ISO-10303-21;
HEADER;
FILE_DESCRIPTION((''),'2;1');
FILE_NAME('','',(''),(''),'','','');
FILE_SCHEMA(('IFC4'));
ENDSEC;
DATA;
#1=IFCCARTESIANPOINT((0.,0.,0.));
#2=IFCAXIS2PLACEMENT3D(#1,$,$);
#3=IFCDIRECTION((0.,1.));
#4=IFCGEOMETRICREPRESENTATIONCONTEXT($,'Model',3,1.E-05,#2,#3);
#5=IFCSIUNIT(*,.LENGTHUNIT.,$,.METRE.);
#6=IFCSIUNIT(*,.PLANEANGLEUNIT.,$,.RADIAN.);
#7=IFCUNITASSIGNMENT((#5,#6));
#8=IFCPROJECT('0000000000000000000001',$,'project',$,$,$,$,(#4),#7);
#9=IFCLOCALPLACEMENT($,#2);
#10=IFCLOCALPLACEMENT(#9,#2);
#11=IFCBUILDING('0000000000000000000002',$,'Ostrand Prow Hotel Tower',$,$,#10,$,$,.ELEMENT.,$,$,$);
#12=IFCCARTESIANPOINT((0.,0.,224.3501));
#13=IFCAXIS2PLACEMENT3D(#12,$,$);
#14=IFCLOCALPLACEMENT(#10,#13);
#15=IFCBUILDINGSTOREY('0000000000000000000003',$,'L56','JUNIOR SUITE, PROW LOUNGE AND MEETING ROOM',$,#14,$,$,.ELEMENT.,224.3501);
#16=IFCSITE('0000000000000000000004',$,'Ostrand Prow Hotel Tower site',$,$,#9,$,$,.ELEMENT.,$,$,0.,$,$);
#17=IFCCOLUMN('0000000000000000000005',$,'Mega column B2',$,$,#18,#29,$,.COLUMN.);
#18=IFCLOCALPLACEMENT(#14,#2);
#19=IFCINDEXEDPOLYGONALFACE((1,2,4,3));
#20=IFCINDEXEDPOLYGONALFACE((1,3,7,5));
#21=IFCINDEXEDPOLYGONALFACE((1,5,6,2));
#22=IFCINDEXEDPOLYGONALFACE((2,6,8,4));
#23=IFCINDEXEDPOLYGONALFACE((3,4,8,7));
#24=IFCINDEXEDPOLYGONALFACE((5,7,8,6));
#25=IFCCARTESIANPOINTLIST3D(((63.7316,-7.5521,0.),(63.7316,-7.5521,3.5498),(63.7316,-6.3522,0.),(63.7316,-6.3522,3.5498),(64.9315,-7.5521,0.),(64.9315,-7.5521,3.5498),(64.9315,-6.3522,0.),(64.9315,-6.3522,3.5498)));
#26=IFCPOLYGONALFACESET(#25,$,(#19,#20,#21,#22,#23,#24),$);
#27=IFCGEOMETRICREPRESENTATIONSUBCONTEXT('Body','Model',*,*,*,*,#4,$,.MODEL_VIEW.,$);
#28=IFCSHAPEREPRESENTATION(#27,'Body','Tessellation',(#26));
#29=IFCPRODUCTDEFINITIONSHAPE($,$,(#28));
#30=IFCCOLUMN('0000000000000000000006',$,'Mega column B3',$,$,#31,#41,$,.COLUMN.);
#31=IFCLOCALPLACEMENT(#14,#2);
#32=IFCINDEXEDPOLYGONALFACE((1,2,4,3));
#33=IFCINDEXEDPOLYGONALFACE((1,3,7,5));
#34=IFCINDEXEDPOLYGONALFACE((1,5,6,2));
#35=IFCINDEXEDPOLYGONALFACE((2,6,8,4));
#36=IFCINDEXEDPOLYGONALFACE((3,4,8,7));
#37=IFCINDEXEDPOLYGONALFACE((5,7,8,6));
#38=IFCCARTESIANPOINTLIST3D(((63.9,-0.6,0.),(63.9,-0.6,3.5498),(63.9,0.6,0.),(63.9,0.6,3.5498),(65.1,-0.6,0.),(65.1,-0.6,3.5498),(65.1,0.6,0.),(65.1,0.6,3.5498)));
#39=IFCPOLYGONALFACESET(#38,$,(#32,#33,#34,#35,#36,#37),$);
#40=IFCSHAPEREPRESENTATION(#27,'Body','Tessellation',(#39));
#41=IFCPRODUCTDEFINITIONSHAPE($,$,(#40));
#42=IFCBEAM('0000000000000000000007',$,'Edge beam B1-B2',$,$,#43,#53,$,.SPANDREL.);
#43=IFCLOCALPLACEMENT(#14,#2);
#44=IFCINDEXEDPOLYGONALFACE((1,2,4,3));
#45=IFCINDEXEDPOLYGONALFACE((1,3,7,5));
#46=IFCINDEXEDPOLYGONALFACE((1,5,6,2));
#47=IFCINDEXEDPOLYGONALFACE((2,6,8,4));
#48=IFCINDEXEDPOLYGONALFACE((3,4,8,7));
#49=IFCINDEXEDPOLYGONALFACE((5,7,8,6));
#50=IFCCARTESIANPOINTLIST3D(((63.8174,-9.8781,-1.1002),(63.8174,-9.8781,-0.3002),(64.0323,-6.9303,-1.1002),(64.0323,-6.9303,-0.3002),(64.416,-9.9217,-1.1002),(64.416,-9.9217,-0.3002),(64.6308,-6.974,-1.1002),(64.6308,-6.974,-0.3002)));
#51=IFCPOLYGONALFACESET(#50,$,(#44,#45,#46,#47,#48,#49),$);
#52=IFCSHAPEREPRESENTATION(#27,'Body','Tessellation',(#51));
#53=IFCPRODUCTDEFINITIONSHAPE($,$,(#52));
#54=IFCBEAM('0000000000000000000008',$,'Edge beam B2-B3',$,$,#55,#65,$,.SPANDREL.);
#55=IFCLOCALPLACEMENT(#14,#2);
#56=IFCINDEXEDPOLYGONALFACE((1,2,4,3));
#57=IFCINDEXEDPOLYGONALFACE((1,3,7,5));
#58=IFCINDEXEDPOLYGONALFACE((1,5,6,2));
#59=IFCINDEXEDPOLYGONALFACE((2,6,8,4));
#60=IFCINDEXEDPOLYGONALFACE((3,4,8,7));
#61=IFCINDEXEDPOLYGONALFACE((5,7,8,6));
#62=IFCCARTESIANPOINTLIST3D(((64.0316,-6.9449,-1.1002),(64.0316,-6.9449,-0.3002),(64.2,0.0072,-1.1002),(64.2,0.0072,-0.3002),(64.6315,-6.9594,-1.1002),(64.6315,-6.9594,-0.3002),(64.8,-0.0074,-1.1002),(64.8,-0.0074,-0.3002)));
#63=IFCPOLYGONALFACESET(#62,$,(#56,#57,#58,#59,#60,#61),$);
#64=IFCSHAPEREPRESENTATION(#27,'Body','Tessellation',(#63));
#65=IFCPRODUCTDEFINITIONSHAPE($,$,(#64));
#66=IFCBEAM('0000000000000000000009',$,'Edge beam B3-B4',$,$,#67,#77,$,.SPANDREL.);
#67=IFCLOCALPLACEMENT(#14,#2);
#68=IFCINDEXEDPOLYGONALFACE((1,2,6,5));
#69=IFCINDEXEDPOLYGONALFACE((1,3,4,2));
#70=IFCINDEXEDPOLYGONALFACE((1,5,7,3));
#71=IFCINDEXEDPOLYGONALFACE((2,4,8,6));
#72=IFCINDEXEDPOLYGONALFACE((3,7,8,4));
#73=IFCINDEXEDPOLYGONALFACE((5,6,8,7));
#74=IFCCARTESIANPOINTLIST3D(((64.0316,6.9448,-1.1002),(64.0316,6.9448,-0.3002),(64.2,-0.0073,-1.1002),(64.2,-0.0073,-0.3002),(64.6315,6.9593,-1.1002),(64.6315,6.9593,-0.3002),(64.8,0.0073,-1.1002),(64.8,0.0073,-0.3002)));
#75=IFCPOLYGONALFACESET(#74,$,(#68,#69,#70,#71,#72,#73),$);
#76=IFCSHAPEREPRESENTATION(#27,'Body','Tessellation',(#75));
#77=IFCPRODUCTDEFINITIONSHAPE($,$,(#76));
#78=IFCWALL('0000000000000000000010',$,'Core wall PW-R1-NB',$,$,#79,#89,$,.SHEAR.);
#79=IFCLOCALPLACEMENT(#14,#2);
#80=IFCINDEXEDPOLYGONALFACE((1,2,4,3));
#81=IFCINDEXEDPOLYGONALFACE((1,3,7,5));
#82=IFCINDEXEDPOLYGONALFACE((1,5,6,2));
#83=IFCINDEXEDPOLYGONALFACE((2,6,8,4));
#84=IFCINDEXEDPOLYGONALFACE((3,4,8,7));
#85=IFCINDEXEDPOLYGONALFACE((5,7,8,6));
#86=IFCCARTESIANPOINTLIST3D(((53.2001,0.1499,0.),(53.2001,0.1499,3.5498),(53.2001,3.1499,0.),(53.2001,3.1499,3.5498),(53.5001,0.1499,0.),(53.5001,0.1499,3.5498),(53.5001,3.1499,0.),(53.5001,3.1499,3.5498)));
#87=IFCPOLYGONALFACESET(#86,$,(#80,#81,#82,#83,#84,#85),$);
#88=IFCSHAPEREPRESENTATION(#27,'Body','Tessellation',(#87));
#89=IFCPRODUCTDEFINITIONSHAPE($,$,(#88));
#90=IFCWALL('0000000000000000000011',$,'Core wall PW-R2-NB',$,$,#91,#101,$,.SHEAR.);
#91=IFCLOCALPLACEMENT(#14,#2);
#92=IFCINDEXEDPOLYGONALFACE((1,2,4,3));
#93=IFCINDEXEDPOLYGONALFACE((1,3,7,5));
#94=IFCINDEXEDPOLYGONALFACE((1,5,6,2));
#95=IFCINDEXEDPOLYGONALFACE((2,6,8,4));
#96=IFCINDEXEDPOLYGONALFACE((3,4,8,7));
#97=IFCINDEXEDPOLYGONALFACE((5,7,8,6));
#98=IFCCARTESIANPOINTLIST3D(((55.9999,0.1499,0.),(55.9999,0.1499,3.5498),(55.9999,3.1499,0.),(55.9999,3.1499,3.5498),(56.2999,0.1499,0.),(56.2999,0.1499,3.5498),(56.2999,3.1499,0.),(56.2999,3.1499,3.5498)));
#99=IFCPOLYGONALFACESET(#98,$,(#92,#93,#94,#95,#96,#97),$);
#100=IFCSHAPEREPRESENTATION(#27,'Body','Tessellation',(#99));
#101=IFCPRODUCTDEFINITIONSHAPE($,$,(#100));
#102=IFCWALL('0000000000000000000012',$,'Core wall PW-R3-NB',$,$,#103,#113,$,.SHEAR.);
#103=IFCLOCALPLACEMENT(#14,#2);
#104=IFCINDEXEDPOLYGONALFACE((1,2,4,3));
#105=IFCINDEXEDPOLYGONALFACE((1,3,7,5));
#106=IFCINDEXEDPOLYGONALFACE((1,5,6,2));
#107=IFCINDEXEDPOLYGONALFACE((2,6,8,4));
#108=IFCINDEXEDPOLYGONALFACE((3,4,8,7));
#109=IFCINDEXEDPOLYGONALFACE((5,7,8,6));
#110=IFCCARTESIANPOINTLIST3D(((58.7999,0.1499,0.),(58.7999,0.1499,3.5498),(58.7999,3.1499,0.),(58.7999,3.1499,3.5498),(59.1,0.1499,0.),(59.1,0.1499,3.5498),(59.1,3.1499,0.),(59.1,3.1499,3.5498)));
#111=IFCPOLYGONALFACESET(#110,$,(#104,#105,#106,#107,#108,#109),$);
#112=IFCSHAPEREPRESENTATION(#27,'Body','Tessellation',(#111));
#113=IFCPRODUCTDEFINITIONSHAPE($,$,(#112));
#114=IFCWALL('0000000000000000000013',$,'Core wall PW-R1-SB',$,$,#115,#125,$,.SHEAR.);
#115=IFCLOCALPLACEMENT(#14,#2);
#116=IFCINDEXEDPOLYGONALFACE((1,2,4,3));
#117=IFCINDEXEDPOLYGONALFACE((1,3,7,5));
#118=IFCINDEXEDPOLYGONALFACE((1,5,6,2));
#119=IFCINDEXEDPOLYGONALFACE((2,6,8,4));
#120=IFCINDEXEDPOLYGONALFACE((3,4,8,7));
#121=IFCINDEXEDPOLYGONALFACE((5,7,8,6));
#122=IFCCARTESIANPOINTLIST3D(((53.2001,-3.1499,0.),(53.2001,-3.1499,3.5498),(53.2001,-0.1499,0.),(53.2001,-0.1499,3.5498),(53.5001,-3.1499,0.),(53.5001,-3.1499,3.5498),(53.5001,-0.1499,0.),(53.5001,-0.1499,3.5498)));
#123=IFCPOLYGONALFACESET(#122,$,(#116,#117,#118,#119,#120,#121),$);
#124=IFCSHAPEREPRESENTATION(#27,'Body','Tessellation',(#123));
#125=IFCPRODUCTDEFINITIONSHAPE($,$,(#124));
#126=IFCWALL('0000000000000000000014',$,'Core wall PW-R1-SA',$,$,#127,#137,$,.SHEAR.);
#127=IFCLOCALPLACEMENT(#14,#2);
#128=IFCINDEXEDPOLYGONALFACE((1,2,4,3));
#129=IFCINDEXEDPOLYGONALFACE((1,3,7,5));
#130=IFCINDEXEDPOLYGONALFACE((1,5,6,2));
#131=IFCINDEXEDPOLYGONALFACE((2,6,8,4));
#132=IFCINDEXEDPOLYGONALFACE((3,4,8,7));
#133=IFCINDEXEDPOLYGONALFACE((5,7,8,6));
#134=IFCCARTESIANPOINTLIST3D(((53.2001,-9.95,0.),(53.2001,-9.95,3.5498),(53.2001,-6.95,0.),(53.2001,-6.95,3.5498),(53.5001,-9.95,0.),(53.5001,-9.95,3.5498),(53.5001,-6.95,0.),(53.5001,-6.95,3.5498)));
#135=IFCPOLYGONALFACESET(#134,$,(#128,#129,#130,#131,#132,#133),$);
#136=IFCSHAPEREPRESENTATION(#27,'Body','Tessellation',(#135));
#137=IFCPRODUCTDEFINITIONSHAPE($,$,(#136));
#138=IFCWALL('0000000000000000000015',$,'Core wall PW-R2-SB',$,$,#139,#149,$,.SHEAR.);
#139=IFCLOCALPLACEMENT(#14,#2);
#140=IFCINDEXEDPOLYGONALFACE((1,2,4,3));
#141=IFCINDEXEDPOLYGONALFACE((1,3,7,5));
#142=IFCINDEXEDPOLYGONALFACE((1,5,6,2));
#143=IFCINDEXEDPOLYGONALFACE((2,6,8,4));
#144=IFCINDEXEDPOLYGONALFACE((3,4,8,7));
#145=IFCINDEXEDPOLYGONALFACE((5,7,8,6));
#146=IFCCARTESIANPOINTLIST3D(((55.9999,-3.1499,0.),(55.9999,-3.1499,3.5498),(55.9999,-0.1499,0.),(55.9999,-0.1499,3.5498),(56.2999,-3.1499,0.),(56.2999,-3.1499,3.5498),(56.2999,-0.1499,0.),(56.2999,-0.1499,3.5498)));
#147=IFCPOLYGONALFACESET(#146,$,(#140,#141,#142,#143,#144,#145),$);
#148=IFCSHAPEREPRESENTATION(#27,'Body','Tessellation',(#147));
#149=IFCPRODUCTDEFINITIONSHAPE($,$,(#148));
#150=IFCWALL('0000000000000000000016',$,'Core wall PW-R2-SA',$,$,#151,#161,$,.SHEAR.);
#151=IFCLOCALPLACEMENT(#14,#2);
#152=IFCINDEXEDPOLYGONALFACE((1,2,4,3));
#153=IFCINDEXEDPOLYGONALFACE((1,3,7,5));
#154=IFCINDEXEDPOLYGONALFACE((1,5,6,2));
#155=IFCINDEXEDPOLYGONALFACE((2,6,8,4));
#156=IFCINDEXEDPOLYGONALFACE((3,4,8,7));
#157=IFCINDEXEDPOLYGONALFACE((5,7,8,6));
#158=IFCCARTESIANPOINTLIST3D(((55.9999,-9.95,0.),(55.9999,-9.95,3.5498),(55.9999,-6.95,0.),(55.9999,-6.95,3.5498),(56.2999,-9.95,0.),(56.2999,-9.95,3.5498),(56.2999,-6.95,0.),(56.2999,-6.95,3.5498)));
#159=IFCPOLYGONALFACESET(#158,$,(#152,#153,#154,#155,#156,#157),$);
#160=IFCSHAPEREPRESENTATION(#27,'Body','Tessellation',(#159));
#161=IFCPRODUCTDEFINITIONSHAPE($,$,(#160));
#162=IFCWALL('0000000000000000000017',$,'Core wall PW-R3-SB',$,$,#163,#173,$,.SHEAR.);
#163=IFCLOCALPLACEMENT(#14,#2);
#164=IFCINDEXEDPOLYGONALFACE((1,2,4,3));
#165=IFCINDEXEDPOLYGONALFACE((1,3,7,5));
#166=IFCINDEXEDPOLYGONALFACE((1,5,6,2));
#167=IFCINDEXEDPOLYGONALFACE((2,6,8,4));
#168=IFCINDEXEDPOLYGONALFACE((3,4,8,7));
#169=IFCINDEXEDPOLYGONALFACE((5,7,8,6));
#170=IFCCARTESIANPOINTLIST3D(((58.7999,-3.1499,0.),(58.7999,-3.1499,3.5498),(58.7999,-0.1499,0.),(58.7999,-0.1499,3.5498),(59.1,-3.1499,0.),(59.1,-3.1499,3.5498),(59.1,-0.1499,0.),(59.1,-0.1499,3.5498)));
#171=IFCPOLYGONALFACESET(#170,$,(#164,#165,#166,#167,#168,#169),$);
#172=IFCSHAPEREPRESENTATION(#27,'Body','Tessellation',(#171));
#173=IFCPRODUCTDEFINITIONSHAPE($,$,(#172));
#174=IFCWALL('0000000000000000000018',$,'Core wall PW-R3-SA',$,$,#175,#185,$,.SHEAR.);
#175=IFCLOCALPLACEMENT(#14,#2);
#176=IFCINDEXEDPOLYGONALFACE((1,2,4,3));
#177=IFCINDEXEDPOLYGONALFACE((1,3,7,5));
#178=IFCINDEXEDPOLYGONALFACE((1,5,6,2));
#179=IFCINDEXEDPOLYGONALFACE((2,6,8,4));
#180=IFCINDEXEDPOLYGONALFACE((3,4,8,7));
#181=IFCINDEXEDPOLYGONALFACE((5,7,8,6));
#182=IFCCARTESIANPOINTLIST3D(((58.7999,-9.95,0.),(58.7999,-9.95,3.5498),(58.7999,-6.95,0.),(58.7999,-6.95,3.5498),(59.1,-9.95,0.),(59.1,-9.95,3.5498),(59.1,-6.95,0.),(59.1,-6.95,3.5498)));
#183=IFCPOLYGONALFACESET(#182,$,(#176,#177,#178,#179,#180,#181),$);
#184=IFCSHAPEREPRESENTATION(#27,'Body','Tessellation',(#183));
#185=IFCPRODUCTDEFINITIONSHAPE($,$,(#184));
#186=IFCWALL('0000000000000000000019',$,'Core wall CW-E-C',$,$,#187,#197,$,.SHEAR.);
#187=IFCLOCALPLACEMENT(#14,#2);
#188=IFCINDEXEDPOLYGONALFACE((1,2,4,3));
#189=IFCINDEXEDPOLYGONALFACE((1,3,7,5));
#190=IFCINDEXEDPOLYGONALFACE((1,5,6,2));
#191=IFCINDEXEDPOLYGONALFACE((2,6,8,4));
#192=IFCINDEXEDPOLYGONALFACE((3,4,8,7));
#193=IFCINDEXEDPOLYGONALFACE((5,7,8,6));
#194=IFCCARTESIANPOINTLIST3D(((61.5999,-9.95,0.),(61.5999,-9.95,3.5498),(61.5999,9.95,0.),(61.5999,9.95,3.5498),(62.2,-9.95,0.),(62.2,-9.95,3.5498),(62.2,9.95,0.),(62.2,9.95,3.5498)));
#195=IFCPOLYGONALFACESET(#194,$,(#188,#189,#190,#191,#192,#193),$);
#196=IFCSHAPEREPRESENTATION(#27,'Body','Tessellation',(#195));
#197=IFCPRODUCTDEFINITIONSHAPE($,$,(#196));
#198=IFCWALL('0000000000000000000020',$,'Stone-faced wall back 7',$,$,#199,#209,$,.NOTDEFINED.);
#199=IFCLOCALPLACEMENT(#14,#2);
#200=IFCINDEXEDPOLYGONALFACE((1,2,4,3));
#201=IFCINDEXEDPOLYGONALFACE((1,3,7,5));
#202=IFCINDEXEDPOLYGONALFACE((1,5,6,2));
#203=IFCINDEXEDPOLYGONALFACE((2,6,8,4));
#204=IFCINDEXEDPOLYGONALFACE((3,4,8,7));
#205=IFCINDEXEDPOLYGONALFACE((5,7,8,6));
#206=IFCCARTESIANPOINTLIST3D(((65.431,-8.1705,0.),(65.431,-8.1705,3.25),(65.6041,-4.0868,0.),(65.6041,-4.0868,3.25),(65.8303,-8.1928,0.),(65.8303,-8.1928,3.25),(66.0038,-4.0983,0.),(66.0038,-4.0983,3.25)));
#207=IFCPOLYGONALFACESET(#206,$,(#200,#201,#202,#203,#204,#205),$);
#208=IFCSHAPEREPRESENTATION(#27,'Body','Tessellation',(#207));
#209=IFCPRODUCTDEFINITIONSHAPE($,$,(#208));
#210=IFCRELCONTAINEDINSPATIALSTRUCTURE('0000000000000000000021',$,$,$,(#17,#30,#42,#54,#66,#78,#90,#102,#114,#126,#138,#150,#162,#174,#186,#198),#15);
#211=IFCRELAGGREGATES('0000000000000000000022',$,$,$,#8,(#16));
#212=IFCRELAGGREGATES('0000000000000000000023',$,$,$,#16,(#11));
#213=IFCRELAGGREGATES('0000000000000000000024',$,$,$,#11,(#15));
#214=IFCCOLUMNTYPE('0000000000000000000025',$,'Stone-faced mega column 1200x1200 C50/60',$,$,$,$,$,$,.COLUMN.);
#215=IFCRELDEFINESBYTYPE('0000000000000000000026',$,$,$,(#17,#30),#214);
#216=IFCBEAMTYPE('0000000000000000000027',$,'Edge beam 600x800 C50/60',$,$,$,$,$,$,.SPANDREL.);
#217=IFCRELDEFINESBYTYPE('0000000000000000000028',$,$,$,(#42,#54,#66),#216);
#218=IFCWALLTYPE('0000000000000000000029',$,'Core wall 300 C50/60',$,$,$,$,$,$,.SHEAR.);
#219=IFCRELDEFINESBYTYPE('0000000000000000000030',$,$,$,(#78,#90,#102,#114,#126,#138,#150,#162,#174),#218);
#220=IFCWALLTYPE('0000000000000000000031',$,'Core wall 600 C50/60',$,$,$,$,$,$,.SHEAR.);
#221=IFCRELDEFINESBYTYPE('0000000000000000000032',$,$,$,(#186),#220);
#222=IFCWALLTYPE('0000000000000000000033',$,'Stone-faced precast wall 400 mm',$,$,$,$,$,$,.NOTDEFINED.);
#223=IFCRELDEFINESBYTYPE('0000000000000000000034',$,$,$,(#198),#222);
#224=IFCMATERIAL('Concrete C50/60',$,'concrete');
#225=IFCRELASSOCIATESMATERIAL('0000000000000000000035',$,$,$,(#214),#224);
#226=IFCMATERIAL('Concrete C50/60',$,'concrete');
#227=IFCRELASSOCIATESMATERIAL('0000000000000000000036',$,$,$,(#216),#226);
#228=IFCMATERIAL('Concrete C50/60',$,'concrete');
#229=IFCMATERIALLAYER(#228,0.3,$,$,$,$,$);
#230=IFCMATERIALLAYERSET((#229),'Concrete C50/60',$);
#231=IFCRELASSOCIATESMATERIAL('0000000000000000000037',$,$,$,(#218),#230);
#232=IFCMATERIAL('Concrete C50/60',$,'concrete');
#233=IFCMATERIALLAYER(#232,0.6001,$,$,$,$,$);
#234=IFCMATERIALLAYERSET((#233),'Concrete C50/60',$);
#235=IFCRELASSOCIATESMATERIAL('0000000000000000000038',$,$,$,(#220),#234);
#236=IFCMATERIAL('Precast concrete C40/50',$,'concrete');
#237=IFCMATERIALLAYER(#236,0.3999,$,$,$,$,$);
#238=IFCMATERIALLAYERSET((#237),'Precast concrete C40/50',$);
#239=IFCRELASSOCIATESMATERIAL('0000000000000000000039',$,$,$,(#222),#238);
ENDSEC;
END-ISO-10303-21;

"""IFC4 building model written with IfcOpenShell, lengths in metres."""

from ifc_helpers import new_model, si_unit, direction, frame, frame_2d, origin, origin_2d, place, context, subcontext, project, spatial, polyline, rectangle, outline, extrude, material, layer, layer_set, material_profile, profile_set, type_object, element, save


model = new_model("IFC4")

# Units and contexts
model_context = context("Model", 3, precision=1e-05, world=origin(), true_north=direction((0.0, 1.0)))
body_context = subcontext(model_context, "Body", "Model", "MODEL_VIEW")
ifc_project = project(units=[si_unit("LENGTHUNIT", "METRE"), si_unit("PLANEANGLEUNIT", "RADIAN")], contexts=[model_context])

# Site, building, storey
site_placement = place(None, origin())
site = spatial("IfcSite", under=ifc_project, at=site_placement, Name="Ostrand Prow Hotel Tower site", CompositionType="ELEMENT", RefElevation=0.0)
building_placement = place(site_placement, origin())
building = spatial("IfcBuilding", under=site, at=building_placement, Name="Ostrand Prow Hotel Tower", CompositionType="ELEMENT")
storey_placement = place(building_placement, frame((0.0, 0.0, 224.3501)))
storey = spatial("IfcBuildingStorey", under=building, at=storey_placement, Name="L56", Description="JUNIOR SUITE, PROW LOUNGE AND MEETING ROOM", CompositionType="ELEMENT", Elevation=224.3501)

# Columns
ifc_material_1 = material(Name="Concrete C50/60", Category="concrete")
ifc_material_profile_1 = material_profile(ifc_material_1, rectangle(XDim=1.2, YDim=1.2, at=origin_2d()), Name="RC 1200x1200")
ifc_profile_set_1 = profile_set([ifc_material_profile_1], Name="Concrete C50/60")
column_type = type_object("IfcColumnType", Name="Stone-faced mega column 1200x1200 C50/60", PredefinedType="COLUMN", material=ifc_profile_set_1)
for number, where, z_axis, x_axis, name in (
    (1, (64.3315, -6.9521, 0.0), (0.0, 0.0, 1.0), (1.0, 0.0, 0.0), "Mega column B2"),
    (2, (64.5, 0.0, 0.0), (0.0, 0.0, 1.0), (1.0, 0.0, 0.0), "Mega column B3"),
):
    element("IfcColumn", number, at=place(storey_placement, frame(where, z_axis=z_axis, x_axis=x_axis)), inside=storey, type_object=column_type, Name=name, PredefinedType="COLUMN", context=body_context, shape_type="SweptSolid", body=[
        extrude(rectangle(XDim=1.2, YDim=1.2, at=origin_2d()), origin(), (0.0, 0.0, 1.0), 3.5498),
    ])

# Beams
ifc_material_2 = material(Name="Concrete C50/60", Category="concrete")
ifc_material_profile_2 = material_profile(ifc_material_2, rectangle(XDim=0.6001, YDim=0.8, at=origin_2d()), Name="RC 600x800")
ifc_profile_set_2 = profile_set([ifc_material_profile_2], Name="Concrete C50/60")
beam_type = type_object("IfcBeamType", Name="Edge beam 600x800 C50/60", PredefinedType="SPANDREL", material=ifc_profile_set_2)
beam_placement = place(storey_placement, frame((64.1167, -9.8999, -0.7002), z_axis=(0.072691, 0.997355, 0.0), x_axis=(-0.997355, 0.072691, 0.0)))
element("IfcBeam", 3, at=beam_placement, inside=storey, type_object=beam_type, Name="Edge beam B1-B2", PredefinedType="SPANDREL", context=body_context, shape_type="SweptSolid", body=[
    extrude(rectangle(XDim=0.6001, YDim=0.8, at=origin_2d()), origin(), (0.0, 0.0, 1.0), 2.9556),
])
for number, where, z_axis, x_axis, name in (
    (4, (64.3315, -6.9521, -0.7002), (0.024224, 0.999707, 0.0), (-0.999707, 0.024224, 0.0), "Edge beam B2-B3"),
    (5, (64.5, 0.0, -0.7002), (-0.024224, 0.999707, 0.0), (-0.999707, -0.024224, 0.0), "Edge beam B3-B4"),
):
    element("IfcBeam", number, at=place(storey_placement, frame(where, z_axis=z_axis, x_axis=x_axis)), inside=storey, type_object=beam_type, Name=name, PredefinedType="SPANDREL", context=body_context, shape_type="SweptSolid", body=[
        extrude(rectangle(XDim=0.6001, YDim=0.8, at=origin_2d()), origin(), (0.0, 0.0, 1.0), 6.9541),
    ])

# Walls
ifc_material_3 = material(Name="Concrete C50/60", Category="concrete")
ifc_layer_1 = layer(ifc_material_3, 0.3)
ifc_layer_set_1 = layer_set([ifc_layer_1], Name="Concrete C50/60")
wall_type_1 = type_object("IfcWallType", Name="Core wall 300 C50/60", PredefinedType="SHEAR", material=ifc_layer_set_1)
for number, where, z_axis, x_axis, name in (
    (6, (53.3501, 0.1499, 0.0), (0.0, 0.0, 1.0), (0.0, 1.0, 0.0), "Core wall PW-R1-NB"),
    (7, (56.1499, 0.1499, 0.0), (0.0, 0.0, 1.0), (0.0, 1.0, 0.0), "Core wall PW-R2-NB"),
    (8, (58.95, 0.1499, 0.0), (0.0, 0.0, 1.0), (0.0, 1.0, 0.0), "Core wall PW-R3-NB"),
    (9, (53.3501, -3.1499, 0.0), (0.0, 0.0, 1.0), (0.0, 1.0, 0.0), "Core wall PW-R1-SB"),
    (10, (53.3501, -9.95, 0.0), (0.0, 0.0, 1.0), (0.0, 1.0, 0.0), "Core wall PW-R1-SA"),
    (11, (56.1499, -3.1499, 0.0), (0.0, 0.0, 1.0), (0.0, 1.0, 0.0), "Core wall PW-R2-SB"),
    (12, (56.1499, -9.95, 0.0), (0.0, 0.0, 1.0), (0.0, 1.0, 0.0), "Core wall PW-R2-SA"),
    (13, (58.95, -3.1499, 0.0), (0.0, 0.0, 1.0), (0.0, 1.0, 0.0), "Core wall PW-R3-SB"),
    (14, (58.95, -9.95, 0.0), (0.0, 0.0, 1.0), (0.0, 1.0, 0.0), "Core wall PW-R3-SA"),
):
    element("IfcWall", number, at=place(storey_placement, frame(where, z_axis=z_axis, x_axis=x_axis)), inside=storey, type_object=wall_type_1, Name=name, PredefinedType="SHEAR", context=body_context, shape_type="SweptSolid", body=[
        extrude(rectangle(XDim=3.0, YDim=0.3, at=frame_2d((1.5, 0.0))), origin(), (0.0, 0.0, 1.0), 3.5498),
    ])
ifc_material_4 = material(Name="Concrete C50/60", Category="concrete")
ifc_layer_2 = layer(ifc_material_4, 0.6001)
ifc_layer_set_2 = layer_set([ifc_layer_2], Name="Concrete C50/60")
wall_type_2 = type_object("IfcWallType", Name="Core wall 600 C50/60", PredefinedType="SHEAR", material=ifc_layer_set_2)
wall_1_placement = place(storey_placement, frame((61.8999, -9.95, 0.0), z_axis=(0.0, 0.0, 1.0), x_axis=(0.0, 1.0, 0.0)))
element("IfcWall", 15, at=wall_1_placement, inside=storey, type_object=wall_type_2, Name="Core wall CW-E-C", PredefinedType="SHEAR", context=body_context, shape_type="SweptSolid", body=[
    extrude(rectangle(XDim=19.8999, YDim=0.6001, at=frame_2d((9.95, 0.0))), origin(), (0.0, 0.0, 1.0), 3.5498),
])
ifc_material_5 = material(Name="Precast concrete C40/50", Category="concrete")
ifc_layer_3 = layer(ifc_material_5, 0.3999)
ifc_layer_set_3 = layer_set([ifc_layer_3], Name="Precast concrete C40/50")
wall_type_3 = type_object("IfcWallType", Name="Stone-faced precast wall 400 mm", PredefinedType="NOTDEFINED", material=ifc_layer_set_3)
wall_2_placement = place(storey_placement, frame((65.6306, -8.1816, 0.0), z_axis=(0.0, 0.0, 1.0), x_axis=(0.042353, 0.999103, 0.0)))
element("IfcWall", 16, at=wall_2_placement, inside=storey, type_object=wall_type_3, Name="Stone-faced wall back 7", PredefinedType="NOTDEFINED", context=body_context, shape_type="SweptSolid", body=[
    extrude(outline(polyline([(-0.0027, -0.2), (4.0955, -0.2), (4.0901, 0.2), (0.0027, 0.2), (-0.0027, -0.2)])), origin(), (0.0, 0.0, 1.0), 3.25),
])

save(model, "model.ifc")
